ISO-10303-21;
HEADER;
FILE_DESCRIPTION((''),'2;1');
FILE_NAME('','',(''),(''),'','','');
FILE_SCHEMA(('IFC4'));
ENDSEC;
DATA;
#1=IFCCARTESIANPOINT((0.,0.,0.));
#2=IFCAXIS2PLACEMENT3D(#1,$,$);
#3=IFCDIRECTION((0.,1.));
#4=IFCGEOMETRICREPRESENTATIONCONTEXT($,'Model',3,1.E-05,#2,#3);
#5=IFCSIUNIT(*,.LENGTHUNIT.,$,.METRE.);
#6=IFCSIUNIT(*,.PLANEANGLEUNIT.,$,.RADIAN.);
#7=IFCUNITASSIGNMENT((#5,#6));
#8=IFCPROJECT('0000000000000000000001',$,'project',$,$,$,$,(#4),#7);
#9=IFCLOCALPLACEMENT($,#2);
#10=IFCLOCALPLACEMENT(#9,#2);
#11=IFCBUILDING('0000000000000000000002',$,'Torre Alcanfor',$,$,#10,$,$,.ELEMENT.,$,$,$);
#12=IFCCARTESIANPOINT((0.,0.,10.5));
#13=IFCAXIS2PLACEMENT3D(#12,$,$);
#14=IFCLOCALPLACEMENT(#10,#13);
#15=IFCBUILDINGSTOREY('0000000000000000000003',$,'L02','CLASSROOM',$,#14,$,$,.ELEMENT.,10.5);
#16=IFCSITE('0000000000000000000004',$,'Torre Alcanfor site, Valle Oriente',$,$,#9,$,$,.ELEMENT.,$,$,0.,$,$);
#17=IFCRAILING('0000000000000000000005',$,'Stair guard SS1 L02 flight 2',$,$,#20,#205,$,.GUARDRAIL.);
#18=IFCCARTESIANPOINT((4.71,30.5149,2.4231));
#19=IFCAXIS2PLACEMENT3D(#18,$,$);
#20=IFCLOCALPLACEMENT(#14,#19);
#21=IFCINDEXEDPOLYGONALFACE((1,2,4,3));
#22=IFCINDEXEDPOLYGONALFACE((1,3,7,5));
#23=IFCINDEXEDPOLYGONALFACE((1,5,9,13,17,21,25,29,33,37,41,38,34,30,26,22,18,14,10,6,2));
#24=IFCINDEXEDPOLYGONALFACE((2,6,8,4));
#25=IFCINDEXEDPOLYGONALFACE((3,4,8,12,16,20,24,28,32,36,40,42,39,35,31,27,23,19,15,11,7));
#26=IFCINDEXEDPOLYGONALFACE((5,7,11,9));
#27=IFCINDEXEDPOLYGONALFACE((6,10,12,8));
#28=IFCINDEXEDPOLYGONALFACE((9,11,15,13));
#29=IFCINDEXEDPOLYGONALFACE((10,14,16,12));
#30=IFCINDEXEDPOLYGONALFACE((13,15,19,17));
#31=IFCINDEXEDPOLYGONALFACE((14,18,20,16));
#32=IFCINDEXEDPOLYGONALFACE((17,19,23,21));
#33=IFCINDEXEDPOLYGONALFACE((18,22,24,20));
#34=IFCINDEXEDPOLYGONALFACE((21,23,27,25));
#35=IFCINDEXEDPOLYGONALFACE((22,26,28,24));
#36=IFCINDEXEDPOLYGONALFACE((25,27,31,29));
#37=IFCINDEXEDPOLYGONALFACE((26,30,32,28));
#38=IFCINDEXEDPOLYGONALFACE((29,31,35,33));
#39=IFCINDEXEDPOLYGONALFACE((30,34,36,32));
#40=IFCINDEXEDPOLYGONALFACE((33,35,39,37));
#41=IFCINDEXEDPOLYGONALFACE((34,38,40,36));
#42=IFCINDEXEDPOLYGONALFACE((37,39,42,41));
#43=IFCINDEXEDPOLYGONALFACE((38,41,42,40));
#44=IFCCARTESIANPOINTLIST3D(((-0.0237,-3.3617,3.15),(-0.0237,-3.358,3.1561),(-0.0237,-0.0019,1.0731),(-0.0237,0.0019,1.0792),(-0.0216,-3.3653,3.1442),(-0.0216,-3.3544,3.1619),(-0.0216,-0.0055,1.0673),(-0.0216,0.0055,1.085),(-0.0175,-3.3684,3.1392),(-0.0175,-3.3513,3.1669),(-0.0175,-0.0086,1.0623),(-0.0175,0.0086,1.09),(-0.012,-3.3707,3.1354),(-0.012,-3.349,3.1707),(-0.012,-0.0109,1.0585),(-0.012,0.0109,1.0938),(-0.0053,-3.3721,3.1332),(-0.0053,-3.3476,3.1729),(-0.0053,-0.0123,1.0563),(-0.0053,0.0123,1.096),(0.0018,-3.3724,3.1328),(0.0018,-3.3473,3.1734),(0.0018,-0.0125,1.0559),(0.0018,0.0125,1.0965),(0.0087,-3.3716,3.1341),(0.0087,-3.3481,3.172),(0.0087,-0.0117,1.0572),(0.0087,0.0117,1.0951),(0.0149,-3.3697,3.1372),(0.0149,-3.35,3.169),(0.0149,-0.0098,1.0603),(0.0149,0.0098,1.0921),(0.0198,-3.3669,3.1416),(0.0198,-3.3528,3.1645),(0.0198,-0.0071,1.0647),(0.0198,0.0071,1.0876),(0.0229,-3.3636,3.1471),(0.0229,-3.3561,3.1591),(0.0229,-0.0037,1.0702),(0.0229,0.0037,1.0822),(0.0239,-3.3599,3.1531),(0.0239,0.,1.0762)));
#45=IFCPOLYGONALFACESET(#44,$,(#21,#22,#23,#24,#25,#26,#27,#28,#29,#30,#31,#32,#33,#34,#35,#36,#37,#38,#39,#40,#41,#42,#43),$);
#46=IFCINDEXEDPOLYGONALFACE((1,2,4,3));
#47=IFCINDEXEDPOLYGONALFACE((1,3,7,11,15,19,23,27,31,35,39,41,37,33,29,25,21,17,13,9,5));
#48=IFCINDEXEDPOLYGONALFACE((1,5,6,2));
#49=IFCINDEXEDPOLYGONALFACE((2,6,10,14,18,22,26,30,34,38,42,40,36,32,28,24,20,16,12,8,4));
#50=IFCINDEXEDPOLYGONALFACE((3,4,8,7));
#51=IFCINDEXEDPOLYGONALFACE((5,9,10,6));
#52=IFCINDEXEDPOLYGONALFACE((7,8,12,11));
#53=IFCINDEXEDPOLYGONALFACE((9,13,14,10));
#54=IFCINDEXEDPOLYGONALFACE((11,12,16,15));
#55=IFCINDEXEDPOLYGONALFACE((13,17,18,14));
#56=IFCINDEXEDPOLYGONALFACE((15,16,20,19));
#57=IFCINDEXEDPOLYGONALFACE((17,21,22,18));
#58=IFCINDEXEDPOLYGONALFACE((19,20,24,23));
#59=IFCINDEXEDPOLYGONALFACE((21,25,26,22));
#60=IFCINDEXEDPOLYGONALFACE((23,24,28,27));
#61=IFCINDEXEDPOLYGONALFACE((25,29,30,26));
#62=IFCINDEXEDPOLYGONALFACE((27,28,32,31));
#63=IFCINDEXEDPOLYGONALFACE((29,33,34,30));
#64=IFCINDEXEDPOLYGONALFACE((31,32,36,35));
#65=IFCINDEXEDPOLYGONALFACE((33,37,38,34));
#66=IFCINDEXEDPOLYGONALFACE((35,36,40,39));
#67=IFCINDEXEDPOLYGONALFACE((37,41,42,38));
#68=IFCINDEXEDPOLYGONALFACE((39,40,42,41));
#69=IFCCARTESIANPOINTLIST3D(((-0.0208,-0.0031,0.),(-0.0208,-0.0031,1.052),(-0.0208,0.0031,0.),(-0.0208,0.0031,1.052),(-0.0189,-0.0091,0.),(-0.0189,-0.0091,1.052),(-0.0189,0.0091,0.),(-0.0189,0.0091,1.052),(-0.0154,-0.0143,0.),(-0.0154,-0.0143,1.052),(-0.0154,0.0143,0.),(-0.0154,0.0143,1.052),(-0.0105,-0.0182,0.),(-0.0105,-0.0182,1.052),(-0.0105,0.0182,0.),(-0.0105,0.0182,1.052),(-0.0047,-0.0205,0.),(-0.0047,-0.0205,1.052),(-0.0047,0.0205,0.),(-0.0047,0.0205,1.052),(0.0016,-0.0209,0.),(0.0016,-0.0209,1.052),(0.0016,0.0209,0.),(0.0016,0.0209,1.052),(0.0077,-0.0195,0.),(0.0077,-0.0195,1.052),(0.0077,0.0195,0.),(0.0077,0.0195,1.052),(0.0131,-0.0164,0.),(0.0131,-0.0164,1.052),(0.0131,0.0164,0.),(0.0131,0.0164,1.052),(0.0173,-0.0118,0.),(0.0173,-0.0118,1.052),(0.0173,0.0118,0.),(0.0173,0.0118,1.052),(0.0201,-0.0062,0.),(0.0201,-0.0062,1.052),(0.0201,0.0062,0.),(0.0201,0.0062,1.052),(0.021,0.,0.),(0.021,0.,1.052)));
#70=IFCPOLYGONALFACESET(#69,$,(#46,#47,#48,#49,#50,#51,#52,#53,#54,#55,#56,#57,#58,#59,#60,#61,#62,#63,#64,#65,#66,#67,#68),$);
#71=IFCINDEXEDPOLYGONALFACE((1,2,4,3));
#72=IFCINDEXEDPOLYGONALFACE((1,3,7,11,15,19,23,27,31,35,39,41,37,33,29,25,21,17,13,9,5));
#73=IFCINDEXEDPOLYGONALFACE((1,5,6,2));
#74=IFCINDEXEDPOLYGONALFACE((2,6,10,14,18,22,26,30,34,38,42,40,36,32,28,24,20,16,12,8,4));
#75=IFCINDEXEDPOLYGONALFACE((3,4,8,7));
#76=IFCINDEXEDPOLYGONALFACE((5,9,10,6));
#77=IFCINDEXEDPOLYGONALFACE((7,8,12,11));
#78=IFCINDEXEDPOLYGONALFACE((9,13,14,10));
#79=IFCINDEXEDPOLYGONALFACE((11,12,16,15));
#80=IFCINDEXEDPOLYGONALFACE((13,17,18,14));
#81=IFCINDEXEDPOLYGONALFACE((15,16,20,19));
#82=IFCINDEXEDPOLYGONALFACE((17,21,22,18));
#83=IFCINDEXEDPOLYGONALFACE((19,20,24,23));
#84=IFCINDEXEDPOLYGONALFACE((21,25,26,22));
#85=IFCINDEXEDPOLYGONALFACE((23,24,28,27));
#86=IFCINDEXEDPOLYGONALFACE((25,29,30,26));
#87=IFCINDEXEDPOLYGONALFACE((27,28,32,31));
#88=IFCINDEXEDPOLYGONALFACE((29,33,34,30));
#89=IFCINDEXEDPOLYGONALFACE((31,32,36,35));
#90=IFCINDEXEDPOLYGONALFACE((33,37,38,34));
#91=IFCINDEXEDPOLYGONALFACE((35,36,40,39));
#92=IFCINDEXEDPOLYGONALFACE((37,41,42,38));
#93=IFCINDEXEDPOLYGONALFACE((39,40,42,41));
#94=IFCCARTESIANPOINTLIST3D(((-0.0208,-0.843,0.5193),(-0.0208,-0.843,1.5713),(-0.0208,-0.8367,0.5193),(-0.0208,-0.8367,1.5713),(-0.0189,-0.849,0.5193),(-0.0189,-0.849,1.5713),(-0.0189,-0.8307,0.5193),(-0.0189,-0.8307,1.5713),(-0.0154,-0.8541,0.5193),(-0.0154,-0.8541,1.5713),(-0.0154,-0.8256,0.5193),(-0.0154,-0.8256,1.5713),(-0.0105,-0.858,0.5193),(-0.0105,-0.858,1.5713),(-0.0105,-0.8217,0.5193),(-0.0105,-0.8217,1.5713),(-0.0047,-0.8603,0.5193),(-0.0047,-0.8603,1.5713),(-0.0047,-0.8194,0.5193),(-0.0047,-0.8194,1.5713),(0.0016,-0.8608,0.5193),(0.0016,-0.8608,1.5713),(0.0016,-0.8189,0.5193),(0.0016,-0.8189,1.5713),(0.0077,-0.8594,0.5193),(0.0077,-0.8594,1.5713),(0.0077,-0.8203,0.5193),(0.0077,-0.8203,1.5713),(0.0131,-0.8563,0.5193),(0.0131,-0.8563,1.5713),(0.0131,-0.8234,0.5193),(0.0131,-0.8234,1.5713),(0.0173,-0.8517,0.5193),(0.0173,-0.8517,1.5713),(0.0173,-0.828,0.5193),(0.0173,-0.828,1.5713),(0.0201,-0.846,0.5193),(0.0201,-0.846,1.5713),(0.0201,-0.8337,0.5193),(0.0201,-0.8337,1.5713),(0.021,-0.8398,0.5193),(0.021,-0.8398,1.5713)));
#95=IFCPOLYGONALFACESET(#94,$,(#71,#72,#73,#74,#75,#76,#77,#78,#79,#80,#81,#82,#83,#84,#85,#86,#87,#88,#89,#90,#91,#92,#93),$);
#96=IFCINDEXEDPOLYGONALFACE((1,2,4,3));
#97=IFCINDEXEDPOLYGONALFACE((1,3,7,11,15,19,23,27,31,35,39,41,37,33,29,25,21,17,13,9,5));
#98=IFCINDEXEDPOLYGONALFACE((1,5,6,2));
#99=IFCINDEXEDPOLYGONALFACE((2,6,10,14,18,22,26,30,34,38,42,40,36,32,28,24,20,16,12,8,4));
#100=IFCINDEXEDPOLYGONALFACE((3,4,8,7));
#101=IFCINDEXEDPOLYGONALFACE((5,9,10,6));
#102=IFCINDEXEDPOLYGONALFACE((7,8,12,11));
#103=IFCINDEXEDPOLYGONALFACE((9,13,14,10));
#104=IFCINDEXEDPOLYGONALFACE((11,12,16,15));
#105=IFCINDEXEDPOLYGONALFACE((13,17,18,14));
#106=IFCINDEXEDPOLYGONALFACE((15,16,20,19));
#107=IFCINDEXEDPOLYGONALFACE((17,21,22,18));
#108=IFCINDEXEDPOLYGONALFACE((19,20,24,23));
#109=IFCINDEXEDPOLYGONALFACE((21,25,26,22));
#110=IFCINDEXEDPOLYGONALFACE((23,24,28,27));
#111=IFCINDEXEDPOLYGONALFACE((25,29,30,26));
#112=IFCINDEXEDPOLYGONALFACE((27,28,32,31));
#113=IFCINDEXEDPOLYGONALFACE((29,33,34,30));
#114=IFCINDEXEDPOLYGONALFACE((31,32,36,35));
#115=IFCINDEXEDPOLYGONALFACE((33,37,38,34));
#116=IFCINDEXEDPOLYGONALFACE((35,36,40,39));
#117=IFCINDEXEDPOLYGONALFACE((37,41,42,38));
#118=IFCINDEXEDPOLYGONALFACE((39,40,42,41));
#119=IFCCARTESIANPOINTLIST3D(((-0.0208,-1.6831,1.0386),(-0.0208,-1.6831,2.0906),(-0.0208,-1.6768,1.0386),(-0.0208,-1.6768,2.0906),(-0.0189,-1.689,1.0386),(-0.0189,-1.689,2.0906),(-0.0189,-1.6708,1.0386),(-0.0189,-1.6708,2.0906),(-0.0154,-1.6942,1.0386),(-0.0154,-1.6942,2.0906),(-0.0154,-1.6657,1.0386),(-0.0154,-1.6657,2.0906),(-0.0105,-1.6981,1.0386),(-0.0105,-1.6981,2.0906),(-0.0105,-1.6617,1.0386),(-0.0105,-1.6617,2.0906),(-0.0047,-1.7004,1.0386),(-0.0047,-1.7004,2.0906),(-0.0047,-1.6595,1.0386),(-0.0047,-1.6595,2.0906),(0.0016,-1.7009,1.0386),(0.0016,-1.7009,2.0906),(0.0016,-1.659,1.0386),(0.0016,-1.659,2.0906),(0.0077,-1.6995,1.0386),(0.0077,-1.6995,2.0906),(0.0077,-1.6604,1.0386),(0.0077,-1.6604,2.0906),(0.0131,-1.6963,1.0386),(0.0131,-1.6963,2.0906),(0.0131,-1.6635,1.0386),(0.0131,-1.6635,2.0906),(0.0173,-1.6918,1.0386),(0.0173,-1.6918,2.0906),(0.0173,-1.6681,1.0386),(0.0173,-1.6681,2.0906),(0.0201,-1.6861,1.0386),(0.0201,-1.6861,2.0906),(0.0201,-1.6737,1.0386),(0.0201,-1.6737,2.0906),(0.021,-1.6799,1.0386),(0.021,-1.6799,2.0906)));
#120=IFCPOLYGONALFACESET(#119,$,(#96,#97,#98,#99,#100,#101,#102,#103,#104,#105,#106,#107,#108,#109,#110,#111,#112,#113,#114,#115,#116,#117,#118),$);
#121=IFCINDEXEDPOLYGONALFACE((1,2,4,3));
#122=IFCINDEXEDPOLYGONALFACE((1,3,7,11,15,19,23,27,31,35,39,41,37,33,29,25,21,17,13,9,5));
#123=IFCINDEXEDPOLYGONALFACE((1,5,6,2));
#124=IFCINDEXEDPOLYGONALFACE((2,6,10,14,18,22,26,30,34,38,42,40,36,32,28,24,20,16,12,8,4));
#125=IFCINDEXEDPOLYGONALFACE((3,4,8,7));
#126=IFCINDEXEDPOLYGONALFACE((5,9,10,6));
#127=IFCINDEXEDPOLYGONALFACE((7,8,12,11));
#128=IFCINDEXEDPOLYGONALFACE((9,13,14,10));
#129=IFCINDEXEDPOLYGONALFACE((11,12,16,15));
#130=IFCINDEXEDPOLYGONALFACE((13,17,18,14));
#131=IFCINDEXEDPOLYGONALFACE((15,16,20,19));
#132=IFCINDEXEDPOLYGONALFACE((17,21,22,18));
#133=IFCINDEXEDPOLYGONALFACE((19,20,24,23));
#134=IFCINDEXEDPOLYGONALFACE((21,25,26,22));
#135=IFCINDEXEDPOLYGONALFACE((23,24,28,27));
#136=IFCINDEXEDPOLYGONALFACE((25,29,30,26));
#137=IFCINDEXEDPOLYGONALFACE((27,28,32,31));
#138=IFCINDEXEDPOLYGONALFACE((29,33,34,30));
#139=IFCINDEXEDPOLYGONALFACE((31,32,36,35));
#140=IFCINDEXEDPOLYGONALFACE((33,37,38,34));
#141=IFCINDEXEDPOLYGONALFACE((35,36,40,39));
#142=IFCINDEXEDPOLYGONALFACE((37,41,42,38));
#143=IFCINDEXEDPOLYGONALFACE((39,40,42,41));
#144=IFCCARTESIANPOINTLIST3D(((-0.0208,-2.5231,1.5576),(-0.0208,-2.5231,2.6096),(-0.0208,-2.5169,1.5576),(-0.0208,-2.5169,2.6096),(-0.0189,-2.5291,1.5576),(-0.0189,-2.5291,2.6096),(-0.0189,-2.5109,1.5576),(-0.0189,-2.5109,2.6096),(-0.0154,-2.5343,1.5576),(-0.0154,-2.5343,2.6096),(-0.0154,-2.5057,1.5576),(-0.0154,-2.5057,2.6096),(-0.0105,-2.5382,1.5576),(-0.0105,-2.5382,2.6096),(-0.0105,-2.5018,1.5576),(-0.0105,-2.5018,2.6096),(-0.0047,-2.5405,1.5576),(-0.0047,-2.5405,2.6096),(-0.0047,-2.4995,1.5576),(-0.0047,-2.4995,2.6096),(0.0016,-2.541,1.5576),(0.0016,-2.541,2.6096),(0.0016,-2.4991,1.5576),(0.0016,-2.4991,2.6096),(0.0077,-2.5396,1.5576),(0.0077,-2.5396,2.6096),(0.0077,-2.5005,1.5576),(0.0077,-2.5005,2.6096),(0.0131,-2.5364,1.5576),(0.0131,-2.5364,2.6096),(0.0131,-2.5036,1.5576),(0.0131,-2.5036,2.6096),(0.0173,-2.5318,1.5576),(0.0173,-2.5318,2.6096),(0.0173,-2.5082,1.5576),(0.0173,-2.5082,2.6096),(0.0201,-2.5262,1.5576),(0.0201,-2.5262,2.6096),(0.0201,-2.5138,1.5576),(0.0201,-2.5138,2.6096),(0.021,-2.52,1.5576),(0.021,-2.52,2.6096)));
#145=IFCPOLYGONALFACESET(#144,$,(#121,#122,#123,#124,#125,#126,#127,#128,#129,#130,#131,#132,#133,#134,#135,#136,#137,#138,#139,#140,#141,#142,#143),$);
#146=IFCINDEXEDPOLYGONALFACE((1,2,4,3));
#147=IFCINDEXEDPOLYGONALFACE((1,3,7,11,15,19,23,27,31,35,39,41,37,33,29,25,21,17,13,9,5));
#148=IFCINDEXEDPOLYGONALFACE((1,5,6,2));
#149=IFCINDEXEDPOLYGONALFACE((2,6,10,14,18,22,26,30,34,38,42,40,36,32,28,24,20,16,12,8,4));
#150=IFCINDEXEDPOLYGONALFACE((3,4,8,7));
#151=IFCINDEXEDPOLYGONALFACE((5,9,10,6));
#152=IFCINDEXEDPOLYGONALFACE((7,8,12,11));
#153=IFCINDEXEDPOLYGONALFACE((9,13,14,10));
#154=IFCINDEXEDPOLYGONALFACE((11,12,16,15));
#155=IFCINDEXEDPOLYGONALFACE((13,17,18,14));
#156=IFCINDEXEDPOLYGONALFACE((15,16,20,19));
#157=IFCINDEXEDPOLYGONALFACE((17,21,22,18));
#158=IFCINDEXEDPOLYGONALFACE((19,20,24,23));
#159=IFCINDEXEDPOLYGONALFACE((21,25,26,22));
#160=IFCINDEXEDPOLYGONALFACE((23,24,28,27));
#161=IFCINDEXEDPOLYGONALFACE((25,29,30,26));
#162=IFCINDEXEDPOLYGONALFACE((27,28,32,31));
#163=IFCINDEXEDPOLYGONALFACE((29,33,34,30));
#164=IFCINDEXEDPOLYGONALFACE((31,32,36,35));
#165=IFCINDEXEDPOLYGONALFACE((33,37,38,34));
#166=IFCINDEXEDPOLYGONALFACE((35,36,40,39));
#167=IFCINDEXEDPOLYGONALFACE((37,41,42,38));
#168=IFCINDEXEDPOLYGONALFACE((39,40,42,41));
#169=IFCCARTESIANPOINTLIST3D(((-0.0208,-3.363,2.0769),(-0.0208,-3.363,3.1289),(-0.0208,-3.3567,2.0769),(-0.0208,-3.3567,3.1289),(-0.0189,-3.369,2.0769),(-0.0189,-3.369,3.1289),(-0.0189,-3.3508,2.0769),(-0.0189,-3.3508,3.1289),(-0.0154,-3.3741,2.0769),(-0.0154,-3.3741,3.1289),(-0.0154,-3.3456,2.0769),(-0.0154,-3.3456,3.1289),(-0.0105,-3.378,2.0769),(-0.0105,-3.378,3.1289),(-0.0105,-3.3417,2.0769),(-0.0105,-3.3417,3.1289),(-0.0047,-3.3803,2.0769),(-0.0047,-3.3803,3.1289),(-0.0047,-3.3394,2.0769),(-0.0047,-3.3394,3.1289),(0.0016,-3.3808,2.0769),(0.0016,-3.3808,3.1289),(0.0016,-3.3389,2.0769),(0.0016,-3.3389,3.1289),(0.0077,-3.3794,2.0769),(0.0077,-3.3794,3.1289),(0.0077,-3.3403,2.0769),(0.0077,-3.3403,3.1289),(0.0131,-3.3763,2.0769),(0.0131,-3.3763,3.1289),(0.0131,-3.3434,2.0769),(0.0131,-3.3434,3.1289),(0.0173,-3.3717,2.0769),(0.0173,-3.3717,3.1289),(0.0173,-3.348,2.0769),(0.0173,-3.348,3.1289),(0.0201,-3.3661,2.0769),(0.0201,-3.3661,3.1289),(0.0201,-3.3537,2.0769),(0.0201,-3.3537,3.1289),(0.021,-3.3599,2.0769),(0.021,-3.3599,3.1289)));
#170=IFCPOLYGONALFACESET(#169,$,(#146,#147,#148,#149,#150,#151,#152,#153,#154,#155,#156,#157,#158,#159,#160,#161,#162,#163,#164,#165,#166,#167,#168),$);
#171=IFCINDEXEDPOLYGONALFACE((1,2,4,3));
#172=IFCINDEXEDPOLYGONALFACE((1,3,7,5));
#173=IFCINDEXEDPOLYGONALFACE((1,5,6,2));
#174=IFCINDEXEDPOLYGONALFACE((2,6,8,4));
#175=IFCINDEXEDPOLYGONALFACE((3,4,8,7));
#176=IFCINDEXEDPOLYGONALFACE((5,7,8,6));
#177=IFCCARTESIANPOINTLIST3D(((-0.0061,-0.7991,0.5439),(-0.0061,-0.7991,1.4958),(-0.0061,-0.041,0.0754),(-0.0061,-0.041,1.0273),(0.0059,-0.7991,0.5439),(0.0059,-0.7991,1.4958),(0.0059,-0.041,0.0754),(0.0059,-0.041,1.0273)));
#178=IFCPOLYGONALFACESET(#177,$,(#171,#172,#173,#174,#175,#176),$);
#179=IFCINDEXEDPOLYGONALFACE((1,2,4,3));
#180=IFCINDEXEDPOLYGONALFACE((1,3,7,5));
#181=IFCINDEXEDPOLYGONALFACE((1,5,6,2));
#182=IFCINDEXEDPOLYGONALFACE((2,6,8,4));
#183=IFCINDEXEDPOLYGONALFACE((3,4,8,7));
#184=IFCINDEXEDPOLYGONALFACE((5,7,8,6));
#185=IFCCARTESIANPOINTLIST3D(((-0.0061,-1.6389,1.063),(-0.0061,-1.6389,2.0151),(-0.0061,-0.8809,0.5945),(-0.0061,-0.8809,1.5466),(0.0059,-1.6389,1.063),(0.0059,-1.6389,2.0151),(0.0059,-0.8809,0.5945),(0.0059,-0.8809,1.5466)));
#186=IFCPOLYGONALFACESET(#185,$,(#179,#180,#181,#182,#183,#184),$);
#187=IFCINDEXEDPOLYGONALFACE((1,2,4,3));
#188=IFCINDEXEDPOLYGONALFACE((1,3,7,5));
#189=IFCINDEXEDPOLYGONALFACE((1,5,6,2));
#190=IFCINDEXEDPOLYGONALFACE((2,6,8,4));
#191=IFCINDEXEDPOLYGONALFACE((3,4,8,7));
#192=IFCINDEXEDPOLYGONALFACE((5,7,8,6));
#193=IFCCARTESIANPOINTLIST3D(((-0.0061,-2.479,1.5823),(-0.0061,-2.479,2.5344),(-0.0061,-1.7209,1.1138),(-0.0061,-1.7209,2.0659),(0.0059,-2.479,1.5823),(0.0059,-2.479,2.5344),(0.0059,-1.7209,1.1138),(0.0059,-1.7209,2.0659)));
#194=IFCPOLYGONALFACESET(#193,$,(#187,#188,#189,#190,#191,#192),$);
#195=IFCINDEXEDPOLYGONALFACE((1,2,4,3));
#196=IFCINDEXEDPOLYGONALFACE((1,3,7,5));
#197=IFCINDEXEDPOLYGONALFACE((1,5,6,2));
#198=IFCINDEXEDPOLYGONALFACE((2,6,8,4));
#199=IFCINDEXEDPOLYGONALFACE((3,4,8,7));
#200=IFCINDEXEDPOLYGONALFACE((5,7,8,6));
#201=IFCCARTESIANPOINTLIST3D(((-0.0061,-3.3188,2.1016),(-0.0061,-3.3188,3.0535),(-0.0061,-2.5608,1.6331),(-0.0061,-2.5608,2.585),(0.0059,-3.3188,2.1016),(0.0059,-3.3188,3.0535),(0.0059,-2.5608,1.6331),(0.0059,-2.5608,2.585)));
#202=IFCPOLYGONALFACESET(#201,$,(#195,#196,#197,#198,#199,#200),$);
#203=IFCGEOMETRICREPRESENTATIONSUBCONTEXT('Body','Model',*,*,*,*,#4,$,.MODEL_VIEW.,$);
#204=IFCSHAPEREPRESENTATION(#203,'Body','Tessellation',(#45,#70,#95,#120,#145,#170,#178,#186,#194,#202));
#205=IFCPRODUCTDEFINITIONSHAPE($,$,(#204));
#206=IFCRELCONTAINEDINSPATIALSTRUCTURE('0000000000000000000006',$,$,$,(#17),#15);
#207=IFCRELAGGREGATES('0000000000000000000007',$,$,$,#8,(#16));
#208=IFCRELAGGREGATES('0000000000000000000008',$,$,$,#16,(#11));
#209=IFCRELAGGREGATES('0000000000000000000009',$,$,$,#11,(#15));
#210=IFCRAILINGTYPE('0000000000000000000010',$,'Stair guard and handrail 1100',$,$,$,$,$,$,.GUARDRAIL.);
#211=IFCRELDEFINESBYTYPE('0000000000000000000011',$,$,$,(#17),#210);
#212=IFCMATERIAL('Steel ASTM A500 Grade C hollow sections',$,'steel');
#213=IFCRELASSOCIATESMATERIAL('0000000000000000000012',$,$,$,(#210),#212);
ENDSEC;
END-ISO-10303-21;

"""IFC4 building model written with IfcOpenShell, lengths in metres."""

from ifc_helpers import new_model, si_unit, direction, frame, origin, origin_2d, place, context, subcontext, project, spatial, polyline, circle, outline, extrude, material, type_object, element, save


model = new_model("IFC4")

# Units and contexts
model_context = context("Model", 3, precision=1e-05, world=origin(), true_north=direction((0.0, 1.0)))
body_context = subcontext(model_context, "Body", "Model", "MODEL_VIEW")
ifc_project = project(units=[si_unit("LENGTHUNIT", "METRE"), si_unit("PLANEANGLEUNIT", "RADIAN")], contexts=[model_context])

# Site, building, storey
site_placement = place(None, origin())
site = spatial("IfcSite", under=ifc_project, at=site_placement, Name="Torre Alcanfor site, Valle Oriente", CompositionType="ELEMENT", RefElevation=0.0)
building_placement = place(site_placement, origin())
building = spatial("IfcBuilding", under=site, at=building_placement, Name="Torre Alcanfor", CompositionType="ELEMENT")
storey_placement = place(building_placement, frame((0.0, 0.0, 10.5)))
storey = spatial("IfcBuildingStorey", under=building, at=storey_placement, Name="L02", Description="CLASSROOM", CompositionType="ELEMENT", Elevation=10.5)

# Railing
ifc_material_1 = material(Name="Steel ASTM A500 Grade C hollow sections", Category="steel")
railing_type_1 = type_object("IfcRailingType", Name="Stair guard and handrail 1100", PredefinedType="GUARDRAIL", material=ifc_material_1)
railing_1_placement = place(storey_placement, frame((4.71, 30.5149, 2.4231)))
element("IfcRailing", 1, at=railing_1_placement, inside=storey, type_object=railing_type_1, Name="Stair guard SS1 L02 flight 2", PredefinedType="GUARDRAIL", context=body_context, shape_type="SweptSolid", body=[
    extrude(circle(Radius=0.0239, at=origin_2d()), frame((0.0, 0.0, 1.0762), z_axis=(0.0, -0.850606, 0.525803), x_axis=(1.0, 0.0, 0.0)), (0.0, 0.0, 1.0), 3.95),
    extrude(circle(Radius=0.021, at=origin_2d()), origin(), (0.0, 0.0, 1.0), 1.052),
    extrude(circle(Radius=0.021, at=origin_2d()), frame((0.0, -0.8398, 0.5193)), (0.0, 0.0, 1.0), 1.052),
    extrude(circle(Radius=0.021, at=origin_2d()), frame((0.0, -1.6799, 1.0386)), (0.0, 0.0, 1.0), 1.052),
    extrude(circle(Radius=0.021, at=origin_2d()), frame((0.0, -2.52, 1.5576)), (0.0, 0.0, 1.0), 1.052),
    extrude(circle(Radius=0.021, at=origin_2d()), frame((0.0, -3.3599, 2.0769)), (0.0, 0.0, 1.0), 1.052),
    extrude(outline(polyline([(0.041, 0.0754), (0.7991, 0.5439), (0.7991, 1.4958), (0.041, 1.0273), (0.041, 0.0754)])), frame((0.0059, 0.0, 0.0), z_axis=(-1.0, 0.0, 0.0), x_axis=(0.0, -1.0, 0.0)), (0.0, 0.0, 1.0), 0.012),
    extrude(outline(polyline([(0.8809, 0.5945), (1.6389, 1.063), (1.6389, 2.0151), (0.8809, 1.5466), (0.8809, 0.5945)])), frame((0.0059, 0.0, 0.0), z_axis=(-1.0, 0.0, 0.0), x_axis=(0.0, -1.0, 0.0)), (0.0, 0.0, 1.0), 0.012),
    extrude(outline(polyline([(1.7209, 1.1138), (2.479, 1.5823), (2.479, 2.5344), (1.7209, 2.0659), (1.7209, 1.1138)])), frame((0.0059, 0.0, 0.0), z_axis=(-1.0, 0.0, 0.0), x_axis=(0.0, -1.0, 0.0)), (0.0, 0.0, 1.0), 0.012),
    extrude(outline(polyline([(2.5608, 1.6331), (3.3188, 2.1016), (3.3188, 3.0535), (2.5608, 2.585), (2.5608, 1.6331)])), frame((0.0059, 0.0, 0.0), z_axis=(-1.0, 0.0, 0.0), x_axis=(0.0, -1.0, 0.0)), (0.0, 0.0, 1.0), 0.012),
])

save(model, "model.ifc")
